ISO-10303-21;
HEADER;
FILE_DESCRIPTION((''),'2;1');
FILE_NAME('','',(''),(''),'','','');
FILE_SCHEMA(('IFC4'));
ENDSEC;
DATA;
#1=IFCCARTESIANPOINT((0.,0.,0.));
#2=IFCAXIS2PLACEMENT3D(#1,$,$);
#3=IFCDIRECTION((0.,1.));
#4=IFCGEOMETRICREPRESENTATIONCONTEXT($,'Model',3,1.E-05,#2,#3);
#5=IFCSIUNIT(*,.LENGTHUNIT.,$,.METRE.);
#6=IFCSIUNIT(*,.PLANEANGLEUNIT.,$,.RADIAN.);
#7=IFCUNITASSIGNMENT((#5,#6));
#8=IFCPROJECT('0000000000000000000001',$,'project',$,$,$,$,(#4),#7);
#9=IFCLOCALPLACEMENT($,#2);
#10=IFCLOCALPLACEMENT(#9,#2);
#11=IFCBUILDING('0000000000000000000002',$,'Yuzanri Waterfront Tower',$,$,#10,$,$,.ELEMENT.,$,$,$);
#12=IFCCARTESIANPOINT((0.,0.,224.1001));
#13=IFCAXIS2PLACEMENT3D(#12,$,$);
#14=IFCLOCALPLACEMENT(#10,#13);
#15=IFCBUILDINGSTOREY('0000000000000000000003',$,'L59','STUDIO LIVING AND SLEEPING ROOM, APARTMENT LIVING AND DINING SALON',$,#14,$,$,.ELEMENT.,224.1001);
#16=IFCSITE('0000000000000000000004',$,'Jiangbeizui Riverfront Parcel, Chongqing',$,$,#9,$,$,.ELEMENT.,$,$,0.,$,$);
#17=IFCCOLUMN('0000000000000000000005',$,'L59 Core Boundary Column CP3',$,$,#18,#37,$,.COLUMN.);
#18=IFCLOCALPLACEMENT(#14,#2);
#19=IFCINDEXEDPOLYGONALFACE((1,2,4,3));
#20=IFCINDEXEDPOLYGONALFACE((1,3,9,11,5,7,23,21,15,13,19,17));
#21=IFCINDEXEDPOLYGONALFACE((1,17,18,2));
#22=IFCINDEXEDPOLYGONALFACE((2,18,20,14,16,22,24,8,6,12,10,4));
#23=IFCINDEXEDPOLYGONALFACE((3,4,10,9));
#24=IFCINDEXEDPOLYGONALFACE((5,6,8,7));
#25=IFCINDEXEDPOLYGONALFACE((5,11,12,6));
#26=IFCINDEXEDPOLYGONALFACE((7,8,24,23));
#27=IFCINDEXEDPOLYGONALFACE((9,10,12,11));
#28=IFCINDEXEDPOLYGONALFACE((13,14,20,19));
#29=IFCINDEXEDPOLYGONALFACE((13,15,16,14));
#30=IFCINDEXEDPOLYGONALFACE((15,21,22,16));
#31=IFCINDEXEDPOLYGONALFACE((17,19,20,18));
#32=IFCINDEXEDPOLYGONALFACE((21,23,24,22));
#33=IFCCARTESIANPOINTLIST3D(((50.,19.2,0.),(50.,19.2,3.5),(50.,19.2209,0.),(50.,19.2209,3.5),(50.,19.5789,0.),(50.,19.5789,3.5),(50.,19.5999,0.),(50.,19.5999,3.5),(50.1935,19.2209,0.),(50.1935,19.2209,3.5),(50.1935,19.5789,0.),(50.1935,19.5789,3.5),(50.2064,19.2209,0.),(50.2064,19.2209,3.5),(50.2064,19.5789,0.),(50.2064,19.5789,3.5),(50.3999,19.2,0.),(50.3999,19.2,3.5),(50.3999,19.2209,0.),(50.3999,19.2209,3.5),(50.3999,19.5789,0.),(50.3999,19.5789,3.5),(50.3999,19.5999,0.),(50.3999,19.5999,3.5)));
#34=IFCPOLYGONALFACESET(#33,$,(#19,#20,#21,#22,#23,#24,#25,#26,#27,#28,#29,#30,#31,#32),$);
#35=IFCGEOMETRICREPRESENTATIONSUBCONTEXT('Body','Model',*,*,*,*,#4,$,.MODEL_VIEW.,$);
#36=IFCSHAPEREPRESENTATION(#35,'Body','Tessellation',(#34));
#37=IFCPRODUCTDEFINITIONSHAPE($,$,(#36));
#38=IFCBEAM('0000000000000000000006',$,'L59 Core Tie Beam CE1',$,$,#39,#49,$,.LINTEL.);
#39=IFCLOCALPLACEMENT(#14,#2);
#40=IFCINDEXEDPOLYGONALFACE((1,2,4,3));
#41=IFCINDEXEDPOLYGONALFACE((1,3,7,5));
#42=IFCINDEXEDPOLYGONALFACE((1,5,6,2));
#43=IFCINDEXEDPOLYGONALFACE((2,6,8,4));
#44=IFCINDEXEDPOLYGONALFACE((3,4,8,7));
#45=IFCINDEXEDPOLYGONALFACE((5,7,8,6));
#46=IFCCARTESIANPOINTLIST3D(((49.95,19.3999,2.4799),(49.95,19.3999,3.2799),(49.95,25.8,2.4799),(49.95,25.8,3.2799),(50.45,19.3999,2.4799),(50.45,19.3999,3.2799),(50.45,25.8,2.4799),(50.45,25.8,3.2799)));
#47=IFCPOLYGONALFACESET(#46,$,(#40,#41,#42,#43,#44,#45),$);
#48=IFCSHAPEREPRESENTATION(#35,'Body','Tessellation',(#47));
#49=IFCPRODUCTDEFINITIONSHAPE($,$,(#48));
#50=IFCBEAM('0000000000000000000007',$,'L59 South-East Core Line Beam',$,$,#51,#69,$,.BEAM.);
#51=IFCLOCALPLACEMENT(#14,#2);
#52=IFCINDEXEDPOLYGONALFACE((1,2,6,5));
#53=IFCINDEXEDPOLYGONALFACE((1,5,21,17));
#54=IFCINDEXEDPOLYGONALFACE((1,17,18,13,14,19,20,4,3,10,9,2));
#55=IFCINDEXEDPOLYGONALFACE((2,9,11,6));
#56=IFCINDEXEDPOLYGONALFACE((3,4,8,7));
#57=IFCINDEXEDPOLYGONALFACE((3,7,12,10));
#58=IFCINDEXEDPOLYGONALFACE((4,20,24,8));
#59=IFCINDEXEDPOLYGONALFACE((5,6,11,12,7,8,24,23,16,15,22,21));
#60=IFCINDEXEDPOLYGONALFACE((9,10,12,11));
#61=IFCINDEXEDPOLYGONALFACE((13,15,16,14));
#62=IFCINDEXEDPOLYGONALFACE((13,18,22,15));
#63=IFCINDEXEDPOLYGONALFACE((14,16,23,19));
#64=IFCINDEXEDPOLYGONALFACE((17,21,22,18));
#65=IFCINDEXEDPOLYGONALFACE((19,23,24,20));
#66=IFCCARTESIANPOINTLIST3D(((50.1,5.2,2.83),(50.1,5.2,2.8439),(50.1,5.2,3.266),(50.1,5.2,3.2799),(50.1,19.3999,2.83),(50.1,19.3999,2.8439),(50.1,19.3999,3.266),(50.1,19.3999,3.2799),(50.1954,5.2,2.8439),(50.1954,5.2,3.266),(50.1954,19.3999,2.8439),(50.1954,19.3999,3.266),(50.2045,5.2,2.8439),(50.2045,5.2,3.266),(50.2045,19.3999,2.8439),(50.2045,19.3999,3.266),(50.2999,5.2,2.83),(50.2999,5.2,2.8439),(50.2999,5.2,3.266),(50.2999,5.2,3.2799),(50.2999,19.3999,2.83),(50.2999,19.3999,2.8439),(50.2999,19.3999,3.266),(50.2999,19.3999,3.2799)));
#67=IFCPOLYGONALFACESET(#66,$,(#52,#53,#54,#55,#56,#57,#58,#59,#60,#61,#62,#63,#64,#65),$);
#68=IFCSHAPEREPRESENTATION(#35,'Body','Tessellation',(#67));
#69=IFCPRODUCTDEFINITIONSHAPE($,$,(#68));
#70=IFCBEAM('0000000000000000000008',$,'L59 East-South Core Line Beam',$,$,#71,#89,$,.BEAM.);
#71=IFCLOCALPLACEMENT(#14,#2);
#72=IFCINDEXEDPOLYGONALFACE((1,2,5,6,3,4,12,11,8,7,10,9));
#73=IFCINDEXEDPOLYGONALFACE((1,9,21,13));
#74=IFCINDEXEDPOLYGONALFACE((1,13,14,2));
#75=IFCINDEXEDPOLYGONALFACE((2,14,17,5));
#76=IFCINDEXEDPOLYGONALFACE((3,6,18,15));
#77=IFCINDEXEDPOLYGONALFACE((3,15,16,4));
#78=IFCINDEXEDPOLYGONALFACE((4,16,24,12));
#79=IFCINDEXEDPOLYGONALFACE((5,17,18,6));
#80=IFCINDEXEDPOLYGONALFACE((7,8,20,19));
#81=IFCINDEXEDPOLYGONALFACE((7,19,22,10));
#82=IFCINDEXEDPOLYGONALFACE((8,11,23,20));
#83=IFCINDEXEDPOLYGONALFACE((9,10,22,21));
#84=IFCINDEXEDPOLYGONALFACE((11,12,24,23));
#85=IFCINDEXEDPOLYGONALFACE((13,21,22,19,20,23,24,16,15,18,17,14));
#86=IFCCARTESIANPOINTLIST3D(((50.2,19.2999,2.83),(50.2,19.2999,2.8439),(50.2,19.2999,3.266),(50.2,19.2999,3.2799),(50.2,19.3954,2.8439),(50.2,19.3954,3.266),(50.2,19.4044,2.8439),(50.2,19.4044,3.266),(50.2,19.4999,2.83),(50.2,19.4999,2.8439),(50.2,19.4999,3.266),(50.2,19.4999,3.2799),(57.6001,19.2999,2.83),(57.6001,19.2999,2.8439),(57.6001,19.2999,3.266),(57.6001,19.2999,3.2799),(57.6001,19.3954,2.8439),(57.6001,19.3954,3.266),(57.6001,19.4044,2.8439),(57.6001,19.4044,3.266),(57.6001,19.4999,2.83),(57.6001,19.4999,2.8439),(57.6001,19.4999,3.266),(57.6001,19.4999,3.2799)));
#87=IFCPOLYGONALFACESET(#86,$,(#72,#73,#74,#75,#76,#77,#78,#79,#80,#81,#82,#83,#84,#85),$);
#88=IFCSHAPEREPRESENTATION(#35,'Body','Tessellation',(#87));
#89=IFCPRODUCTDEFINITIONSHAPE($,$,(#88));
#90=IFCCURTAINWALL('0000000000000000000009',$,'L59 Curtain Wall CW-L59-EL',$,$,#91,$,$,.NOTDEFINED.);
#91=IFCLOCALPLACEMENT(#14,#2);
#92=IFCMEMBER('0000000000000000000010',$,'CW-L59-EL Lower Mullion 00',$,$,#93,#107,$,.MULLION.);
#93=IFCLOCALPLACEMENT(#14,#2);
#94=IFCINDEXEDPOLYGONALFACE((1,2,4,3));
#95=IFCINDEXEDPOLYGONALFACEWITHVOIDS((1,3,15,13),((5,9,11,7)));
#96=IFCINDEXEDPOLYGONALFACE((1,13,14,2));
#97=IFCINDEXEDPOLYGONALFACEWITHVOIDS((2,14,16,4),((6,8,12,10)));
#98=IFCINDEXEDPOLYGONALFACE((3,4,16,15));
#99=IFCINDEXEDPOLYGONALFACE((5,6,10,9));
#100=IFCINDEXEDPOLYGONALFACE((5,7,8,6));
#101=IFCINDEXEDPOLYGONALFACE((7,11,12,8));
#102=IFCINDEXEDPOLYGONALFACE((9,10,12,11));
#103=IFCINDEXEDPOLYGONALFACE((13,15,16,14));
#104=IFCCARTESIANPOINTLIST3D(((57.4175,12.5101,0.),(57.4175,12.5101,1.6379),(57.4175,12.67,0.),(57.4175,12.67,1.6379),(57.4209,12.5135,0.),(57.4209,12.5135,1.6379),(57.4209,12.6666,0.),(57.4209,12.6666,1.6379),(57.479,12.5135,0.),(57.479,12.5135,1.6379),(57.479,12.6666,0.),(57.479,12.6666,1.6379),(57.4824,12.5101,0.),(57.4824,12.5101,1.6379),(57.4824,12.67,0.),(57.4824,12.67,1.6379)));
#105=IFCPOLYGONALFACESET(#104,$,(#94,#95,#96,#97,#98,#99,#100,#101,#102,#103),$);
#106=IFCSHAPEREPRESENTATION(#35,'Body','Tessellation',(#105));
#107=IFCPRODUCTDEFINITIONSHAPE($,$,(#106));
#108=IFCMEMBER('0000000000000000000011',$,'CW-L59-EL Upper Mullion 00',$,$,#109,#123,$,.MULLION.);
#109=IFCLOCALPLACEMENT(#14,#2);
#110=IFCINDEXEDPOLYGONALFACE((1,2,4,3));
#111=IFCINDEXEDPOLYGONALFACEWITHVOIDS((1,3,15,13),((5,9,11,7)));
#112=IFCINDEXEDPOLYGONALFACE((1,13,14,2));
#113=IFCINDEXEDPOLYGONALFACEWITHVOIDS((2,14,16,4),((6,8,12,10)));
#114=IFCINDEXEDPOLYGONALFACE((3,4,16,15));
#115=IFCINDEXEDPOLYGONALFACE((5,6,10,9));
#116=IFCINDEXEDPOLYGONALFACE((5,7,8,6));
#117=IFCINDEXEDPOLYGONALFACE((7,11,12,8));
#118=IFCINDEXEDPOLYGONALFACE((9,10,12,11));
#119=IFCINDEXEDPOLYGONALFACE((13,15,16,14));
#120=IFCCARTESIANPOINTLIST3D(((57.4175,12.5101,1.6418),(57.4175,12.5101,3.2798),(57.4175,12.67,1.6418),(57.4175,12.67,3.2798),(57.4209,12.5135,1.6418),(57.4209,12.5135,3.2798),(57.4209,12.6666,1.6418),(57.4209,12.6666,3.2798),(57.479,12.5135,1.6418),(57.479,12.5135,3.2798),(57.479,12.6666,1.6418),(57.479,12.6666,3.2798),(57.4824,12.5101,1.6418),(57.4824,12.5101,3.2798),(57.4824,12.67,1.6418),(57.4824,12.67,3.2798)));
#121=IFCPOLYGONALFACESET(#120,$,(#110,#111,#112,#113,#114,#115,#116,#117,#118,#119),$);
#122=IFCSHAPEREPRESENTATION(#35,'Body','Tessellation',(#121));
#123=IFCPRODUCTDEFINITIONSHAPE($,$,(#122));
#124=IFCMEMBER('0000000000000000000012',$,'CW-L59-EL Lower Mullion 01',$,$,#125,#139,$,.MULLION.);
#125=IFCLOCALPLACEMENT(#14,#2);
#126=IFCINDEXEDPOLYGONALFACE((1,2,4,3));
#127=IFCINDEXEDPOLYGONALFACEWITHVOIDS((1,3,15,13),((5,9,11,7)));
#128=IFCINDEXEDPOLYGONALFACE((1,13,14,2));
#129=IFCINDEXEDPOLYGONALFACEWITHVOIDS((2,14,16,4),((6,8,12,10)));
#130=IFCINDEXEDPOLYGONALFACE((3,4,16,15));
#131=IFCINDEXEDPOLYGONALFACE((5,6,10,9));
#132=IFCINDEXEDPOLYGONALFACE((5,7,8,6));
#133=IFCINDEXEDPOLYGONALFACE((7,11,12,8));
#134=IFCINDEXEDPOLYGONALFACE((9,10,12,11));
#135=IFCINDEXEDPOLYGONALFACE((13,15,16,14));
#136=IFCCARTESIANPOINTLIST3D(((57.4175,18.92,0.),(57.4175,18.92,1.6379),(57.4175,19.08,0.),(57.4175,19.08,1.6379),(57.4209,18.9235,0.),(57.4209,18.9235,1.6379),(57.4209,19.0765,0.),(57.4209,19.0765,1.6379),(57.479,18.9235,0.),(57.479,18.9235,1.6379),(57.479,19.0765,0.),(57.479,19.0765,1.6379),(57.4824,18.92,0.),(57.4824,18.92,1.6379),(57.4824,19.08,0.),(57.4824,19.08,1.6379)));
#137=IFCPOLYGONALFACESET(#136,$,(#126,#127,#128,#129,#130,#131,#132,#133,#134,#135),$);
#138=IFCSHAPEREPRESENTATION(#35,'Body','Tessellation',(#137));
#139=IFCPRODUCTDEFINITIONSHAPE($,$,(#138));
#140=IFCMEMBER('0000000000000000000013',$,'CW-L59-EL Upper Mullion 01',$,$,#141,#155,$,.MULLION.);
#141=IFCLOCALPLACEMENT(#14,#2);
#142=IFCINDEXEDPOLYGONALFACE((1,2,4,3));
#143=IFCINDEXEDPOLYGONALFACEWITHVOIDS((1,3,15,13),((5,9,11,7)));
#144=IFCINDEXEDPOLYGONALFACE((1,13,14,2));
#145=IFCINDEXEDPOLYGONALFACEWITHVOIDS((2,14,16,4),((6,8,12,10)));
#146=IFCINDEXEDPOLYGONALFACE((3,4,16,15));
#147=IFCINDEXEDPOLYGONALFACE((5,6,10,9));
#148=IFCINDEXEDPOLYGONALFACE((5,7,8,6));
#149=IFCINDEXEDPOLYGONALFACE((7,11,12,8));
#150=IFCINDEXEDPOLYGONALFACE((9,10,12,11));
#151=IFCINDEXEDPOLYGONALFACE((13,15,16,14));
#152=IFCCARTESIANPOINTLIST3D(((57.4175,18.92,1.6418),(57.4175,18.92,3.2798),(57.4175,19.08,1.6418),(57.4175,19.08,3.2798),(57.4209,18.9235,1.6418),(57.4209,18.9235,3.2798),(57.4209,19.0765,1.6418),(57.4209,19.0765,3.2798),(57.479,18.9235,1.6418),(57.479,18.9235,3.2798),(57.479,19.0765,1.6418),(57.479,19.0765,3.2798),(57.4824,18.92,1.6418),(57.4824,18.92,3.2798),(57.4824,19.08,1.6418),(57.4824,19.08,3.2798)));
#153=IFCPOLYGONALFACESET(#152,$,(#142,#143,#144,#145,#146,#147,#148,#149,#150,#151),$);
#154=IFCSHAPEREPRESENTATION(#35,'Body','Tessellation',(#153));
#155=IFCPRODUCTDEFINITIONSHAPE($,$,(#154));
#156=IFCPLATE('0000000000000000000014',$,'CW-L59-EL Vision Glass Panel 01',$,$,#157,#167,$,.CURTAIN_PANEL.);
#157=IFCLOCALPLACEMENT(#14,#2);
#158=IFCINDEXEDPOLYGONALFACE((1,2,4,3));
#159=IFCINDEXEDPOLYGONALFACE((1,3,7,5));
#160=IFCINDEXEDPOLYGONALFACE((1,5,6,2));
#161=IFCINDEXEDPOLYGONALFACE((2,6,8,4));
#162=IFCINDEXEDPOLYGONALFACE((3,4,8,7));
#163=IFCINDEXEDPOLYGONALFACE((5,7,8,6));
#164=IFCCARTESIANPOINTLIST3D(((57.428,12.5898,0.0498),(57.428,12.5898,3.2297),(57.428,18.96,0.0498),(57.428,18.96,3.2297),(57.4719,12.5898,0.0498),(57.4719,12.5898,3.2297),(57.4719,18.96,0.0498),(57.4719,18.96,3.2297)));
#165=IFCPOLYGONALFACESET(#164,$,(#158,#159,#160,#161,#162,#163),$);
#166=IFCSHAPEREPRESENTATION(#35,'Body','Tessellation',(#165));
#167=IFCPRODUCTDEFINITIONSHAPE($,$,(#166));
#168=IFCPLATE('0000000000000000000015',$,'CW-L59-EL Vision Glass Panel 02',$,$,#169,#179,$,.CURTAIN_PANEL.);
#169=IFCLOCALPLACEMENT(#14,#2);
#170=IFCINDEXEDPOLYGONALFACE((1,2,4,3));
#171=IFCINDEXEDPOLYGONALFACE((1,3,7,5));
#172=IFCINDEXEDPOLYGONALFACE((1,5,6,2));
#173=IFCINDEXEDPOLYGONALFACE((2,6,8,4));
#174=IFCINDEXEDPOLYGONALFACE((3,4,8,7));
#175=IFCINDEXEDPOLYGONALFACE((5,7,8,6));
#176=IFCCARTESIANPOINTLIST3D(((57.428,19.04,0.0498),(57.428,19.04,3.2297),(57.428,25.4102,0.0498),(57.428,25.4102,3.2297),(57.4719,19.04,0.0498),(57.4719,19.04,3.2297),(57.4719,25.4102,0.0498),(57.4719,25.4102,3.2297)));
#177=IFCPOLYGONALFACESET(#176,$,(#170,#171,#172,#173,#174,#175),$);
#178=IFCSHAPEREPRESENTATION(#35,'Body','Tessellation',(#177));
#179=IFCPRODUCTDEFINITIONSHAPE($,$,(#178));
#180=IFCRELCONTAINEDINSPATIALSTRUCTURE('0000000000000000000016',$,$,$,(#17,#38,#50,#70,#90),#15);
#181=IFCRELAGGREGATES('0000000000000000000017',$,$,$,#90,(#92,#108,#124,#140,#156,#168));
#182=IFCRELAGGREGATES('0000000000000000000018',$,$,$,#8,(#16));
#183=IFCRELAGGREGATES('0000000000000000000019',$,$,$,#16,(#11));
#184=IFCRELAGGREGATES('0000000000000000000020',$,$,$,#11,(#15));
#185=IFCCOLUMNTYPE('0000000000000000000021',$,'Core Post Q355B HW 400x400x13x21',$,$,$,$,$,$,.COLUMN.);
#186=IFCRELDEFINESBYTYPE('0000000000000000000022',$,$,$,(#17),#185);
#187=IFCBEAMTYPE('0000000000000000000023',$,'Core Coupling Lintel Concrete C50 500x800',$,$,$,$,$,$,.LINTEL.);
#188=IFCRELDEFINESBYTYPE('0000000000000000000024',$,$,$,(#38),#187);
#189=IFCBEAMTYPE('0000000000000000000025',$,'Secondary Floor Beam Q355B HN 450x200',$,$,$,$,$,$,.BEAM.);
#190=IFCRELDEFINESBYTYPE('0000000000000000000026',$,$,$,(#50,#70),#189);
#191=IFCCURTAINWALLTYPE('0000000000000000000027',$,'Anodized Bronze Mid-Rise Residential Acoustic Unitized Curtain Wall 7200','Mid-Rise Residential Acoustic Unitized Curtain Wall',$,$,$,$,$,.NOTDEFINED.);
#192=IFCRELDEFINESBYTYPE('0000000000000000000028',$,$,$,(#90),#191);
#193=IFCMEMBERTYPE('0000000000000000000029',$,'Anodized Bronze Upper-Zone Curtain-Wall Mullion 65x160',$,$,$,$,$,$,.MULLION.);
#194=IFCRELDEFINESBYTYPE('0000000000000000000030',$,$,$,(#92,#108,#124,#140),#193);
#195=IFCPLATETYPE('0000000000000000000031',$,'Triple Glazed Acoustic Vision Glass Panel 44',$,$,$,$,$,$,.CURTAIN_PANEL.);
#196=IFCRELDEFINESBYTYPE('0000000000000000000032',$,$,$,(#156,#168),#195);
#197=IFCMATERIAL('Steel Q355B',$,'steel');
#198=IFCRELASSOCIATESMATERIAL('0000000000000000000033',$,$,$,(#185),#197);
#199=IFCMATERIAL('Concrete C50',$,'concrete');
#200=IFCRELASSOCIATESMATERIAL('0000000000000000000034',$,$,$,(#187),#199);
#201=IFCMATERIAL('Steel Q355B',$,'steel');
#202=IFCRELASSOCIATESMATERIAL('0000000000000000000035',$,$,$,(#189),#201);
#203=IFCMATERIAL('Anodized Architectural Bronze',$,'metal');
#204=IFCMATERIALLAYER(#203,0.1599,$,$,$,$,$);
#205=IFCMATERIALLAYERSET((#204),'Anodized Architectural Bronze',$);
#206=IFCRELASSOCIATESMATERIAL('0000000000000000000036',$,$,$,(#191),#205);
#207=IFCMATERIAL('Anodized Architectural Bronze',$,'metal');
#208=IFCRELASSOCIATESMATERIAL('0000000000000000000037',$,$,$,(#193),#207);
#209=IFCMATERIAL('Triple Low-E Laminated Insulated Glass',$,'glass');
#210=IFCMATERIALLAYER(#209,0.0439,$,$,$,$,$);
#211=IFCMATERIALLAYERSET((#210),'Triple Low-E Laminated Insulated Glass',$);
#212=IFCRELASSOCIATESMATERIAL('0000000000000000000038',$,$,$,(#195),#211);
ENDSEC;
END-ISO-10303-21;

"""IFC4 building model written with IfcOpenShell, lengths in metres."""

from ifc_helpers import new_model, si_unit, direction, frame, origin, origin_2d, place, context, subcontext, project, spatial, rectangle, hollow_rectangle, i_section, extrude, source, transform, mapped, material, layer, layer_set, material_profile, profile_set, type_object, element, aggregate, save


model = new_model("IFC4")

# Units and contexts
model_context = context("Model", 3, precision=1e-05, world=origin(), true_north=direction((0.0, 1.0)))
body_context = subcontext(model_context, "Body", "Model", "MODEL_VIEW")
ifc_project = project(units=[si_unit("LENGTHUNIT", "METRE"), si_unit("PLANEANGLEUNIT", "RADIAN")], contexts=[model_context])

# Site, building, storey
site_placement = place(None, origin())
site = spatial("IfcSite", under=ifc_project, at=site_placement, Name="Jiangbeizui Riverfront Parcel, Chongqing", CompositionType="ELEMENT", RefElevation=0.0)
building_placement = place(site_placement, origin())
building = spatial("IfcBuilding", under=site, at=building_placement, Name="Yuzanri Waterfront Tower", CompositionType="ELEMENT")
storey_placement = place(building_placement, frame((0.0, 0.0, 224.1001)))
storey = spatial("IfcBuildingStorey", under=building, at=storey_placement, Name="L59", Description="STUDIO LIVING AND SLEEPING ROOM, APARTMENT LIVING AND DINING SALON", CompositionType="ELEMENT", Elevation=224.1001)

# Column
ifc_material_1 = material(Name="Steel Q355B", Category="steel")
ifc_material_profile_1 = material_profile(ifc_material_1, i_section(OverallWidth=0.3999, OverallDepth=0.3999, WebThickness=0.0129, FlangeThickness=0.021, at=origin_2d()), Name="HW 400x400x13x21")
ifc_profile_set_1 = profile_set([ifc_material_profile_1], Name="Steel Q355B")
column_type = type_object("IfcColumnType", Name="Core Post Q355B HW 400x400x13x21", PredefinedType="COLUMN", material=ifc_profile_set_1)
shared_shape_1 = source(origin(), body_context, "Body", "SweptSolid", [
    extrude(i_section(OverallWidth=0.3999, OverallDepth=0.3999, WebThickness=0.0129, FlangeThickness=0.021, at=origin_2d()), origin(), (0.0, 0.0, 1.0), 3.5),
])
column_placement = place(storey_placement, frame((50.2, 19.3999, 0.0), z_axis=(0.0, 0.0, 1.0), x_axis=(1.0, 0.0, 0.0)))
element("IfcColumn", 1, at=column_placement, inside=storey, type_object=column_type, Name="L59 Core Boundary Column CP3", PredefinedType="COLUMN", context=body_context, shape_type="MappedRepresentation", body=[
    mapped(shared_shape_1, transform((0.0, 0.0, 0.0), scale=1.0)),
])

# Beams
ifc_material_2 = material(Name="Concrete C50", Category="concrete")
ifc_material_profile_2 = material_profile(ifc_material_2, rectangle(XDim=0.5, YDim=0.8, at=origin_2d()), Name="RC 500x800")
ifc_profile_set_2 = profile_set([ifc_material_profile_2], Name="Concrete C50")
beam_type_1 = type_object("IfcBeamType", Name="Core Coupling Lintel Concrete C50 500x800", PredefinedType="LINTEL", material=ifc_profile_set_2)
shared_shape_2 = source(origin(), body_context, "Body", "SweptSolid", [
    extrude(rectangle(XDim=0.5, YDim=0.8, at=origin_2d()), origin(), (0.0, 0.0, 1.0), 6.4001),
])
beam_1_placement = place(storey_placement, frame((50.2, 19.3999, 2.8799), z_axis=(0.0, 1.0, 0.0), x_axis=(-1.0, 0.0, 0.0)))
element("IfcBeam", 2, at=beam_1_placement, inside=storey, type_object=beam_type_1, Name="L59 Core Tie Beam CE1", PredefinedType="LINTEL", context=body_context, shape_type="MappedRepresentation", body=[
    mapped(shared_shape_2, transform((0.0, 0.0, 0.0), scale=1.0)),
])
ifc_material_3 = material(Name="Steel Q355B", Category="steel")
ifc_material_profile_3 = material_profile(ifc_material_3, i_section(OverallWidth=0.2, OverallDepth=0.45, WebThickness=0.009, FlangeThickness=0.0139, at=origin_2d()), Name="HN 450x200x9x14")
ifc_profile_set_3 = profile_set([ifc_material_profile_3], Name="Steel Q355B")
beam_type_2 = type_object("IfcBeamType", Name="Secondary Floor Beam Q355B HN 450x200", PredefinedType="BEAM", material=ifc_profile_set_3)
shared_shape_3 = source(origin(), body_context, "Body", "SweptSolid", [
    extrude(i_section(OverallWidth=0.2, OverallDepth=0.45, WebThickness=0.009, FlangeThickness=0.0139, at=origin_2d()), origin(), (0.0, 0.0, 1.0), 14.2),
])
beam_2_placement = place(storey_placement, frame((50.2, 19.3999, 3.0549), z_axis=(0.0, -1.0, 0.0), x_axis=(1.0, 0.0, 0.0)))
element("IfcBeam", 3, at=beam_2_placement, inside=storey, type_object=beam_type_2, Name="L59 South-East Core Line Beam", PredefinedType="BEAM", context=body_context, shape_type="MappedRepresentation", body=[
    mapped(shared_shape_3, transform((0.0, 0.0, 0.0), scale=1.0)),
])
shared_shape_4 = source(origin(), body_context, "Body", "SweptSolid", [
    extrude(i_section(OverallWidth=0.2, OverallDepth=0.45, WebThickness=0.009, FlangeThickness=0.0139, at=origin_2d()), origin(), (0.0, 0.0, 1.0), 7.4001),
])
beam_3_placement = place(storey_placement, frame((50.2, 19.3999, 3.0549), z_axis=(1.0, 0.0, 0.0), x_axis=(0.0, 1.0, 0.0)))
element("IfcBeam", 4, at=beam_3_placement, inside=storey, type_object=beam_type_2, Name="L59 East-South Core Line Beam", PredefinedType="BEAM", context=body_context, shape_type="MappedRepresentation", body=[
    mapped(shared_shape_4, transform((0.0, 0.0, 0.0), scale=1.0)),
])

# Curtain wall, members, plates
ifc_material_4 = material(Name="Anodized Architectural Bronze", Category="metal")
ifc_layer_1 = layer(ifc_material_4, 0.1599)
ifc_layer_set_1 = layer_set([ifc_layer_1], Name="Anodized Architectural Bronze")
curtain_wall_type = type_object("IfcCurtainWallType", Name="Anodized Bronze Mid-Rise Residential Acoustic Unitized Curtain Wall 7200", Description="Mid-Rise Residential Acoustic Unitized Curtain Wall", PredefinedType="NOTDEFINED", material=ifc_layer_set_1)
curtain_wall_placement = place(storey_placement, origin())
curtain_wall = element("IfcCurtainWall", 5, at=curtain_wall_placement, inside=storey, type_object=curtain_wall_type, Name="L59 Curtain Wall CW-L59-EL", PredefinedType="NOTDEFINED")
ifc_material_5 = material(Name="Anodized Architectural Bronze", Category="metal")
ifc_material_profile_4 = material_profile(ifc_material_5, hollow_rectangle(XDim=0.0649, YDim=0.1599, WallThickness=0.0034, at=origin_2d()), Name="CWM 65x160")
ifc_profile_set_4 = profile_set([ifc_material_profile_4], Name="Anodized Architectural Bronze")
member_type = type_object("IfcMemberType", Name="Anodized Bronze Upper-Zone Curtain-Wall Mullion 65x160", PredefinedType="MULLION", material=ifc_profile_set_4)
shared_shape_5 = source(origin(), body_context, "Body", "SweptSolid", [
    extrude(hollow_rectangle(XDim=0.0649, YDim=0.1599, WallThickness=0.0034, at=origin_2d()), origin(), (0.0, 0.0, 1.0), 1.6379),
])
member_1_placement = place(storey_placement, frame((57.45, 12.5901, 0.0), z_axis=(0.0, 0.0, 1.0), x_axis=(1.0, 0.0, 0.0)))
member_1 = element("IfcMember", 6, at=member_1_placement, type_object=member_type, Name="CW-L59-EL Lower Mullion 00", PredefinedType="MULLION", context=body_context, shape_type="MappedRepresentation", body=[
    mapped(shared_shape_5, transform((0.0, 0.0, 0.0), scale=1.0)),
])
member_2_placement = place(storey_placement, frame((57.45, 12.5901, 1.6418), z_axis=(0.0, 0.0, 1.0), x_axis=(1.0, 0.0, 0.0)))
member_2 = element("IfcMember", 7, at=member_2_placement, type_object=member_type, Name="CW-L59-EL Upper Mullion 00", PredefinedType="MULLION", context=body_context, shape_type="MappedRepresentation", body=[
    mapped(shared_shape_5, transform((0.0, 0.0, 0.0), scale=1.0)),
])
member_3_placement = place(storey_placement, frame((57.45, 19.0, 0.0), z_axis=(0.0, 0.0, 1.0), x_axis=(1.0, 0.0, 0.0)))
member_3 = element("IfcMember", 8, at=member_3_placement, type_object=member_type, Name="CW-L59-EL Lower Mullion 01", PredefinedType="MULLION", context=body_context, shape_type="MappedRepresentation", body=[
    mapped(shared_shape_5, transform((0.0, 0.0, 0.0), scale=1.0)),
])
member_4_placement = place(storey_placement, frame((57.45, 19.0, 1.6418), z_axis=(0.0, 0.0, 1.0), x_axis=(1.0, 0.0, 0.0)))
member_4 = element("IfcMember", 9, at=member_4_placement, type_object=member_type, Name="CW-L59-EL Upper Mullion 01", PredefinedType="MULLION", context=body_context, shape_type="MappedRepresentation", body=[
    mapped(shared_shape_5, transform((0.0, 0.0, 0.0), scale=1.0)),
])
ifc_material_6 = material(Name="Triple Low-E Laminated Insulated Glass", Category="glass")
ifc_layer_2 = layer(ifc_material_6, 0.0439)
ifc_layer_set_2 = layer_set([ifc_layer_2], Name="Triple Low-E Laminated Insulated Glass")
plate_type = type_object("IfcPlateType", Name="Triple Glazed Acoustic Vision Glass Panel 44", PredefinedType="CURTAIN_PANEL", material=ifc_layer_set_2)
shared_shape_6 = source(origin(), body_context, "Body", "SweptSolid", [
    extrude(rectangle(XDim=6.3701, YDim=0.0439, at=origin_2d()), origin(), (0.0, 0.0, 1.0), 3.1799),
])
plate_1_placement = place(storey_placement, frame((57.45, 15.7749, 0.0498), z_axis=(0.0, 0.0, 1.0), x_axis=(0.0, 1.0, 0.0)))
plate_1 = element("IfcPlate", 10, at=plate_1_placement, type_object=plate_type, Name="CW-L59-EL Vision Glass Panel 01", PredefinedType="CURTAIN_PANEL", context=body_context, shape_type="MappedRepresentation", body=[
    mapped(shared_shape_6, transform((0.0, 0.0, 0.0), scale=1.0)),
])
plate_2_placement = place(storey_placement, frame((57.45, 22.2251, 0.0498), z_axis=(0.0, 0.0, 1.0), x_axis=(0.0, 1.0, 0.0)))
plate_2 = element("IfcPlate", 11, at=plate_2_placement, type_object=plate_type, Name="CW-L59-EL Vision Glass Panel 02", PredefinedType="CURTAIN_PANEL", context=body_context, shape_type="MappedRepresentation", body=[
    mapped(shared_shape_6, transform((0.0, 0.0, 0.0), scale=1.0)),
])
aggregate(curtain_wall, [member_1, member_2, member_3, member_4, plate_1, plate_2])

save(model, "model.ifc")
